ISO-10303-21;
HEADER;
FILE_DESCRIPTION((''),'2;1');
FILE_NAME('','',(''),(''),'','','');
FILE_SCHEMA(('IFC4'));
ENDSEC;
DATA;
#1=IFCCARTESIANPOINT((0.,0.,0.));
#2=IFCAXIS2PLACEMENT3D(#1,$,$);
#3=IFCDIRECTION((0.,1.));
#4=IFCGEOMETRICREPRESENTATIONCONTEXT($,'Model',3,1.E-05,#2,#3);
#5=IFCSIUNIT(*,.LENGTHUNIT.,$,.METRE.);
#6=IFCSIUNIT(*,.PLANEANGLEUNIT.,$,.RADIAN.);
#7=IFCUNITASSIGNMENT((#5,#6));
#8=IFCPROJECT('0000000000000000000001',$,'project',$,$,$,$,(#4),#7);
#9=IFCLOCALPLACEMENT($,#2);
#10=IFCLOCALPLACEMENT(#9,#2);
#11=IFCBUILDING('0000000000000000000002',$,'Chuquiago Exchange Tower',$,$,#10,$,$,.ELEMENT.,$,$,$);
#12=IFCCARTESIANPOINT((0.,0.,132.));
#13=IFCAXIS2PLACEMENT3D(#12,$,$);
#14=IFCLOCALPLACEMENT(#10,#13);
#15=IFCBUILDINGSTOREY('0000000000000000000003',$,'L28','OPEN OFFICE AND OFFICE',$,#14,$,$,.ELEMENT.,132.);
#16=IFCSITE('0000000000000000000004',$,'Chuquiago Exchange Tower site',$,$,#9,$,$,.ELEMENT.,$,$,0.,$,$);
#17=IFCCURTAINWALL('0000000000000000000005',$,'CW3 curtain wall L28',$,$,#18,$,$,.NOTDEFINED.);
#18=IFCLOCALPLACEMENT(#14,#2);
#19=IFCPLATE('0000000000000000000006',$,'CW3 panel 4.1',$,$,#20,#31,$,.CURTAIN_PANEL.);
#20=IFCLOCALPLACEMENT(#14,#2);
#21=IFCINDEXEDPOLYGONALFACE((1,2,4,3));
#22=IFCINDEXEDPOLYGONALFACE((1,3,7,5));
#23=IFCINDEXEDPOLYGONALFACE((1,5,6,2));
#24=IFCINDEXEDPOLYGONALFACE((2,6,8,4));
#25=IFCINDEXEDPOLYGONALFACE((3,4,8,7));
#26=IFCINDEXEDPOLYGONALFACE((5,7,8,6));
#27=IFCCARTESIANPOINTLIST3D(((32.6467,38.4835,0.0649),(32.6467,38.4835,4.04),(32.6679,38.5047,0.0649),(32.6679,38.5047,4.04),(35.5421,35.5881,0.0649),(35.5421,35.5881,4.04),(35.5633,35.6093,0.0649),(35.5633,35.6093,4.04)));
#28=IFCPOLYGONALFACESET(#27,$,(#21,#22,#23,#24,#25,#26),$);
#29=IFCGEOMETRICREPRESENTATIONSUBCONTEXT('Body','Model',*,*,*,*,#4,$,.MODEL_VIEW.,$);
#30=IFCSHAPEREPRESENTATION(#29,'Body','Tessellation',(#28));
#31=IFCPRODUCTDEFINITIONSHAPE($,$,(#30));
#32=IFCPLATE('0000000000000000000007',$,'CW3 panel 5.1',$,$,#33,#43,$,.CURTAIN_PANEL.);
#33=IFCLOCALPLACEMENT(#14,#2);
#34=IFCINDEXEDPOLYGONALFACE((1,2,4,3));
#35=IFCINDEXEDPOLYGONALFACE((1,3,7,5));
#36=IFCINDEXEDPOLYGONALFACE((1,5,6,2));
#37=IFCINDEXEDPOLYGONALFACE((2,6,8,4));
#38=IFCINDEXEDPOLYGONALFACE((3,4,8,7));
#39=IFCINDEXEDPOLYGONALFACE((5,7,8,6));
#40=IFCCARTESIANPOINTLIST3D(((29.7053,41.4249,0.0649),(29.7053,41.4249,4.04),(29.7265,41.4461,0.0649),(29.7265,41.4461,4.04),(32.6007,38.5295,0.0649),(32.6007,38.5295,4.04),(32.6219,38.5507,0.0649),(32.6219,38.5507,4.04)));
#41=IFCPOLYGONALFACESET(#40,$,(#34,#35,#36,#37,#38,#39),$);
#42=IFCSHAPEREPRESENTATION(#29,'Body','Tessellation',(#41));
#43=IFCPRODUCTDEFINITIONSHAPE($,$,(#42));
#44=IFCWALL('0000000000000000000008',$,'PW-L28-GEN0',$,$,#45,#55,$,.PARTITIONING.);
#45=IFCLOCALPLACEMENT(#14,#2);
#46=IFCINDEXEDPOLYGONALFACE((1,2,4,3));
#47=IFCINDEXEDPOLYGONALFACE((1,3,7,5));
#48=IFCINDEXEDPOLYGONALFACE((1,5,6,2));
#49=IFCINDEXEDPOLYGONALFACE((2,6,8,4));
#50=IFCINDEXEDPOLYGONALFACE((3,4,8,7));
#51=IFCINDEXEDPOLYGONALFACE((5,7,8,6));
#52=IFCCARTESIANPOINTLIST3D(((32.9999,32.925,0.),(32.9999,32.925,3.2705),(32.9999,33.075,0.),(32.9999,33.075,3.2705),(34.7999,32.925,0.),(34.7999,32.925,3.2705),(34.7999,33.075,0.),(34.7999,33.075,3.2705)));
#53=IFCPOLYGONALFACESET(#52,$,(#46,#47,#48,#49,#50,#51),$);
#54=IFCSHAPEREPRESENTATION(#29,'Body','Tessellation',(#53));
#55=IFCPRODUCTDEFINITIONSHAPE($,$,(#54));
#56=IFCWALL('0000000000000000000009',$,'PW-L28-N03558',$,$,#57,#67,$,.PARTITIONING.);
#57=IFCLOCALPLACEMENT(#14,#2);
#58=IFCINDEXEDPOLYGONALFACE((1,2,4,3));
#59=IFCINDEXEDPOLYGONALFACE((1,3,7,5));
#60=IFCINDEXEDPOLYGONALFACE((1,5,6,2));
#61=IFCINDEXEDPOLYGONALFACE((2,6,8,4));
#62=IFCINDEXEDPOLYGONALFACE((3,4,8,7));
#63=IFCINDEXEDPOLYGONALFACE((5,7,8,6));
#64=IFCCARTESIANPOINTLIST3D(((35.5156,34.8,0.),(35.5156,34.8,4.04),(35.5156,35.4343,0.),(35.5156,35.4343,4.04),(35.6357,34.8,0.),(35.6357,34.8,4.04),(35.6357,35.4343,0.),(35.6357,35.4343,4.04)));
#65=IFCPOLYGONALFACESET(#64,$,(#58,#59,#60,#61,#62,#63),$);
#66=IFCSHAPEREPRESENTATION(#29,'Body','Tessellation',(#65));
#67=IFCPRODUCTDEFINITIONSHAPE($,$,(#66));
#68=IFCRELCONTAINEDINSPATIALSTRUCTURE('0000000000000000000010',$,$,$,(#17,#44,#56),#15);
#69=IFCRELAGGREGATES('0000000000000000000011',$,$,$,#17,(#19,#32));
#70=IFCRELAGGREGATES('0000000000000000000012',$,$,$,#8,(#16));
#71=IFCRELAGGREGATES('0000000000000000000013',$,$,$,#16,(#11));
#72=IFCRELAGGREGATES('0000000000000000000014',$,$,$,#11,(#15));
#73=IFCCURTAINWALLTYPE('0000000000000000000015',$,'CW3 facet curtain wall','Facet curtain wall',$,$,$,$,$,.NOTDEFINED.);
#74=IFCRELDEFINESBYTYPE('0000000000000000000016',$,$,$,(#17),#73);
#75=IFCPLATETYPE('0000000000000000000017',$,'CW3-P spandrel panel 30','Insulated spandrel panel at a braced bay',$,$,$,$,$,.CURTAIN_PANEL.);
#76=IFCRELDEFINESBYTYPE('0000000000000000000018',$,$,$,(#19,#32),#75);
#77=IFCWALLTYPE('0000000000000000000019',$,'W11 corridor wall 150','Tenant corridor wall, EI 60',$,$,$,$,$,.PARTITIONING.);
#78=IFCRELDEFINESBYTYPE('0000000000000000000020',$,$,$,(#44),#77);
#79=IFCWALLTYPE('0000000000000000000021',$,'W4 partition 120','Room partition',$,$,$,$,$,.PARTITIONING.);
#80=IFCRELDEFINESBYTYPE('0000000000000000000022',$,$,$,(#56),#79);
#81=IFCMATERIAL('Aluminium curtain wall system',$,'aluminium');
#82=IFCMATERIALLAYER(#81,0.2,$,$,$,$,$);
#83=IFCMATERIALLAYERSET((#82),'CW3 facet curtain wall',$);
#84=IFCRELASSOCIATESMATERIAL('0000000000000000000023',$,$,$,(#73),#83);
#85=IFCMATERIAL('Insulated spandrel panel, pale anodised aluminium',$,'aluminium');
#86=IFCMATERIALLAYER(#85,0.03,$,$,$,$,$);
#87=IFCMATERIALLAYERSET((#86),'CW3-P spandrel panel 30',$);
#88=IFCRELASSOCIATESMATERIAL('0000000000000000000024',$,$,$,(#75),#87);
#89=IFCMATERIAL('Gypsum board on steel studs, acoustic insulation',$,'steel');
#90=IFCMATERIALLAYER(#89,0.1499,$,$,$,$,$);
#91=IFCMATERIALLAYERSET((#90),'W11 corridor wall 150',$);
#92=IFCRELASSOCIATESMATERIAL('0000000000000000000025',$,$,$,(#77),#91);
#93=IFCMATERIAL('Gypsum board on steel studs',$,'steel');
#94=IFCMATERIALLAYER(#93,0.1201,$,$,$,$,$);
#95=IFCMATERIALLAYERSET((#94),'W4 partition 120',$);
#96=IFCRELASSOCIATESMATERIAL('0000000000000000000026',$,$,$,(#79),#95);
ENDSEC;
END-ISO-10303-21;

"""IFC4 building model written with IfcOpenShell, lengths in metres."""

from ifc_helpers import new_model, si_unit, direction, frame, frame_2d, origin, origin_2d, place, context, subcontext, project, spatial, rectangle, extrude, material, layer, layer_set, type_object, element, aggregate, save


model = new_model("IFC4")

# Units and contexts
model_context = context("Model", 3, precision=1e-05, world=origin(), true_north=direction((0.0, 1.0)))
body_context = subcontext(model_context, "Body", "Model", "MODEL_VIEW")
ifc_project = project(units=[si_unit("LENGTHUNIT", "METRE"), si_unit("PLANEANGLEUNIT", "RADIAN")], contexts=[model_context])

# Site, building, storey
site_placement = place(None, origin())
site = spatial("IfcSite", under=ifc_project, at=site_placement, Name="Chuquiago Exchange Tower site", CompositionType="ELEMENT", RefElevation=0.0)
building_placement = place(site_placement, origin())
building = spatial("IfcBuilding", under=site, at=building_placement, Name="Chuquiago Exchange Tower", CompositionType="ELEMENT")
storey_placement = place(building_placement, frame((0.0, 0.0, 132.0)))
storey = spatial("IfcBuildingStorey", under=building, at=storey_placement, Name="L28", Description="OPEN OFFICE AND OFFICE", CompositionType="ELEMENT", Elevation=132.0)

# Curtain wall
ifc_material_1 = material(Name="Aluminium curtain wall system", Category="aluminium")
ifc_layer_1 = layer(ifc_material_1, 0.2)
ifc_layer_set_1 = layer_set([ifc_layer_1], Name="CW3 facet curtain wall")
curtain_wall_type = type_object("IfcCurtainWallType", Name="CW3 facet curtain wall", Description="Facet curtain wall", PredefinedType="NOTDEFINED", material=ifc_layer_set_1)
curtain_wall_placement = place(storey_placement, origin())
curtain_wall = element("IfcCurtainWall", 1, at=curtain_wall_placement, inside=storey, type_object=curtain_wall_type, Name="CW3 curtain wall L28", PredefinedType="NOTDEFINED")

# Plates
ifc_material_2 = material(Name="Insulated spandrel panel, pale anodised aluminium", Category="aluminium")
ifc_layer_2 = layer(ifc_material_2, 0.03)
ifc_layer_set_2 = layer_set([ifc_layer_2], Name="CW3-P spandrel panel 30")
plate_type = type_object("IfcPlateType", Name="CW3-P spandrel panel 30", Description="Insulated spandrel panel at a braced bay", PredefinedType="CURTAIN_PANEL", material=ifc_layer_set_2)
plate_1_placement = place(storey_placement, frame((34.105, 37.0464, 0.0649), z_axis=(0.0, 0.0, 1.0), x_axis=(-0.707107, 0.707107, 0.0)))
plate_1 = element("IfcPlate", 2, at=plate_1_placement, type_object=plate_type, Name="CW3 panel 4.1", PredefinedType="CURTAIN_PANEL", context=body_context, shape_type="SweptSolid", body=[
    extrude(rectangle(XDim=4.0947, YDim=0.03, at=origin_2d()), origin(), (0.0, 0.0, 1.0), 3.9751),
])
plate_2_placement = place(storey_placement, frame((31.1636, 39.9878, 0.0649), z_axis=(0.0, 0.0, 1.0), x_axis=(-0.707107, 0.707107, 0.0)))
plate_2 = element("IfcPlate", 3, at=plate_2_placement, type_object=plate_type, Name="CW3 panel 5.1", PredefinedType="CURTAIN_PANEL", context=body_context, shape_type="SweptSolid", body=[
    extrude(rectangle(XDim=4.0947, YDim=0.03, at=origin_2d()), origin(), (0.0, 0.0, 1.0), 3.9751),
])
aggregate(curtain_wall, [plate_1, plate_2])

# Walls
ifc_material_3 = material(Name="Gypsum board on steel studs, acoustic insulation", Category="steel")
ifc_layer_3 = layer(ifc_material_3, 0.1499)
ifc_layer_set_3 = layer_set([ifc_layer_3], Name="W11 corridor wall 150")
wall_type_1 = type_object("IfcWallType", Name="W11 corridor wall 150", Description="Tenant corridor wall, EI 60", PredefinedType="PARTITIONING", material=ifc_layer_set_3)
wall_1_placement = place(storey_placement, frame((33.0, 33.0, 0.0), z_axis=(0.0, 0.0, 1.0), x_axis=(1.0, 0.0, 0.0)))
element("IfcWall", 4, at=wall_1_placement, inside=storey, type_object=wall_type_1, Name="PW-L28-GEN0", PredefinedType="PARTITIONING", context=body_context, shape_type="SweptSolid", body=[
    extrude(rectangle(XDim=1.8, YDim=0.1499, at=frame_2d((0.8999, 0.0))), origin(), (0.0, 0.0, 1.0), 3.2705),
])
ifc_material_4 = material(Name="Gypsum board on steel studs", Category="steel")
ifc_layer_4 = layer(ifc_material_4, 0.1201)
ifc_layer_set_4 = layer_set([ifc_layer_4], Name="W4 partition 120")
wall_type_2 = type_object("IfcWallType", Name="W4 partition 120", Description="Room partition", PredefinedType="PARTITIONING", material=ifc_layer_set_4)
wall_2_placement = place(storey_placement, frame((35.5757, 35.4343, 0.0), z_axis=(0.0, 0.0, 1.0), x_axis=(0.0, -1.0, 0.0)))
element("IfcWall", 5, at=wall_2_placement, inside=storey, type_object=wall_type_2, Name="PW-L28-N03558", PredefinedType="PARTITIONING", context=body_context, shape_type="SweptSolid", body=[
    extrude(rectangle(XDim=0.6343, YDim=0.1201, at=frame_2d((0.3171, 0.0))), origin(), (0.0, 0.0, 1.0), 4.04),
])

save(model, "model.ifc")
